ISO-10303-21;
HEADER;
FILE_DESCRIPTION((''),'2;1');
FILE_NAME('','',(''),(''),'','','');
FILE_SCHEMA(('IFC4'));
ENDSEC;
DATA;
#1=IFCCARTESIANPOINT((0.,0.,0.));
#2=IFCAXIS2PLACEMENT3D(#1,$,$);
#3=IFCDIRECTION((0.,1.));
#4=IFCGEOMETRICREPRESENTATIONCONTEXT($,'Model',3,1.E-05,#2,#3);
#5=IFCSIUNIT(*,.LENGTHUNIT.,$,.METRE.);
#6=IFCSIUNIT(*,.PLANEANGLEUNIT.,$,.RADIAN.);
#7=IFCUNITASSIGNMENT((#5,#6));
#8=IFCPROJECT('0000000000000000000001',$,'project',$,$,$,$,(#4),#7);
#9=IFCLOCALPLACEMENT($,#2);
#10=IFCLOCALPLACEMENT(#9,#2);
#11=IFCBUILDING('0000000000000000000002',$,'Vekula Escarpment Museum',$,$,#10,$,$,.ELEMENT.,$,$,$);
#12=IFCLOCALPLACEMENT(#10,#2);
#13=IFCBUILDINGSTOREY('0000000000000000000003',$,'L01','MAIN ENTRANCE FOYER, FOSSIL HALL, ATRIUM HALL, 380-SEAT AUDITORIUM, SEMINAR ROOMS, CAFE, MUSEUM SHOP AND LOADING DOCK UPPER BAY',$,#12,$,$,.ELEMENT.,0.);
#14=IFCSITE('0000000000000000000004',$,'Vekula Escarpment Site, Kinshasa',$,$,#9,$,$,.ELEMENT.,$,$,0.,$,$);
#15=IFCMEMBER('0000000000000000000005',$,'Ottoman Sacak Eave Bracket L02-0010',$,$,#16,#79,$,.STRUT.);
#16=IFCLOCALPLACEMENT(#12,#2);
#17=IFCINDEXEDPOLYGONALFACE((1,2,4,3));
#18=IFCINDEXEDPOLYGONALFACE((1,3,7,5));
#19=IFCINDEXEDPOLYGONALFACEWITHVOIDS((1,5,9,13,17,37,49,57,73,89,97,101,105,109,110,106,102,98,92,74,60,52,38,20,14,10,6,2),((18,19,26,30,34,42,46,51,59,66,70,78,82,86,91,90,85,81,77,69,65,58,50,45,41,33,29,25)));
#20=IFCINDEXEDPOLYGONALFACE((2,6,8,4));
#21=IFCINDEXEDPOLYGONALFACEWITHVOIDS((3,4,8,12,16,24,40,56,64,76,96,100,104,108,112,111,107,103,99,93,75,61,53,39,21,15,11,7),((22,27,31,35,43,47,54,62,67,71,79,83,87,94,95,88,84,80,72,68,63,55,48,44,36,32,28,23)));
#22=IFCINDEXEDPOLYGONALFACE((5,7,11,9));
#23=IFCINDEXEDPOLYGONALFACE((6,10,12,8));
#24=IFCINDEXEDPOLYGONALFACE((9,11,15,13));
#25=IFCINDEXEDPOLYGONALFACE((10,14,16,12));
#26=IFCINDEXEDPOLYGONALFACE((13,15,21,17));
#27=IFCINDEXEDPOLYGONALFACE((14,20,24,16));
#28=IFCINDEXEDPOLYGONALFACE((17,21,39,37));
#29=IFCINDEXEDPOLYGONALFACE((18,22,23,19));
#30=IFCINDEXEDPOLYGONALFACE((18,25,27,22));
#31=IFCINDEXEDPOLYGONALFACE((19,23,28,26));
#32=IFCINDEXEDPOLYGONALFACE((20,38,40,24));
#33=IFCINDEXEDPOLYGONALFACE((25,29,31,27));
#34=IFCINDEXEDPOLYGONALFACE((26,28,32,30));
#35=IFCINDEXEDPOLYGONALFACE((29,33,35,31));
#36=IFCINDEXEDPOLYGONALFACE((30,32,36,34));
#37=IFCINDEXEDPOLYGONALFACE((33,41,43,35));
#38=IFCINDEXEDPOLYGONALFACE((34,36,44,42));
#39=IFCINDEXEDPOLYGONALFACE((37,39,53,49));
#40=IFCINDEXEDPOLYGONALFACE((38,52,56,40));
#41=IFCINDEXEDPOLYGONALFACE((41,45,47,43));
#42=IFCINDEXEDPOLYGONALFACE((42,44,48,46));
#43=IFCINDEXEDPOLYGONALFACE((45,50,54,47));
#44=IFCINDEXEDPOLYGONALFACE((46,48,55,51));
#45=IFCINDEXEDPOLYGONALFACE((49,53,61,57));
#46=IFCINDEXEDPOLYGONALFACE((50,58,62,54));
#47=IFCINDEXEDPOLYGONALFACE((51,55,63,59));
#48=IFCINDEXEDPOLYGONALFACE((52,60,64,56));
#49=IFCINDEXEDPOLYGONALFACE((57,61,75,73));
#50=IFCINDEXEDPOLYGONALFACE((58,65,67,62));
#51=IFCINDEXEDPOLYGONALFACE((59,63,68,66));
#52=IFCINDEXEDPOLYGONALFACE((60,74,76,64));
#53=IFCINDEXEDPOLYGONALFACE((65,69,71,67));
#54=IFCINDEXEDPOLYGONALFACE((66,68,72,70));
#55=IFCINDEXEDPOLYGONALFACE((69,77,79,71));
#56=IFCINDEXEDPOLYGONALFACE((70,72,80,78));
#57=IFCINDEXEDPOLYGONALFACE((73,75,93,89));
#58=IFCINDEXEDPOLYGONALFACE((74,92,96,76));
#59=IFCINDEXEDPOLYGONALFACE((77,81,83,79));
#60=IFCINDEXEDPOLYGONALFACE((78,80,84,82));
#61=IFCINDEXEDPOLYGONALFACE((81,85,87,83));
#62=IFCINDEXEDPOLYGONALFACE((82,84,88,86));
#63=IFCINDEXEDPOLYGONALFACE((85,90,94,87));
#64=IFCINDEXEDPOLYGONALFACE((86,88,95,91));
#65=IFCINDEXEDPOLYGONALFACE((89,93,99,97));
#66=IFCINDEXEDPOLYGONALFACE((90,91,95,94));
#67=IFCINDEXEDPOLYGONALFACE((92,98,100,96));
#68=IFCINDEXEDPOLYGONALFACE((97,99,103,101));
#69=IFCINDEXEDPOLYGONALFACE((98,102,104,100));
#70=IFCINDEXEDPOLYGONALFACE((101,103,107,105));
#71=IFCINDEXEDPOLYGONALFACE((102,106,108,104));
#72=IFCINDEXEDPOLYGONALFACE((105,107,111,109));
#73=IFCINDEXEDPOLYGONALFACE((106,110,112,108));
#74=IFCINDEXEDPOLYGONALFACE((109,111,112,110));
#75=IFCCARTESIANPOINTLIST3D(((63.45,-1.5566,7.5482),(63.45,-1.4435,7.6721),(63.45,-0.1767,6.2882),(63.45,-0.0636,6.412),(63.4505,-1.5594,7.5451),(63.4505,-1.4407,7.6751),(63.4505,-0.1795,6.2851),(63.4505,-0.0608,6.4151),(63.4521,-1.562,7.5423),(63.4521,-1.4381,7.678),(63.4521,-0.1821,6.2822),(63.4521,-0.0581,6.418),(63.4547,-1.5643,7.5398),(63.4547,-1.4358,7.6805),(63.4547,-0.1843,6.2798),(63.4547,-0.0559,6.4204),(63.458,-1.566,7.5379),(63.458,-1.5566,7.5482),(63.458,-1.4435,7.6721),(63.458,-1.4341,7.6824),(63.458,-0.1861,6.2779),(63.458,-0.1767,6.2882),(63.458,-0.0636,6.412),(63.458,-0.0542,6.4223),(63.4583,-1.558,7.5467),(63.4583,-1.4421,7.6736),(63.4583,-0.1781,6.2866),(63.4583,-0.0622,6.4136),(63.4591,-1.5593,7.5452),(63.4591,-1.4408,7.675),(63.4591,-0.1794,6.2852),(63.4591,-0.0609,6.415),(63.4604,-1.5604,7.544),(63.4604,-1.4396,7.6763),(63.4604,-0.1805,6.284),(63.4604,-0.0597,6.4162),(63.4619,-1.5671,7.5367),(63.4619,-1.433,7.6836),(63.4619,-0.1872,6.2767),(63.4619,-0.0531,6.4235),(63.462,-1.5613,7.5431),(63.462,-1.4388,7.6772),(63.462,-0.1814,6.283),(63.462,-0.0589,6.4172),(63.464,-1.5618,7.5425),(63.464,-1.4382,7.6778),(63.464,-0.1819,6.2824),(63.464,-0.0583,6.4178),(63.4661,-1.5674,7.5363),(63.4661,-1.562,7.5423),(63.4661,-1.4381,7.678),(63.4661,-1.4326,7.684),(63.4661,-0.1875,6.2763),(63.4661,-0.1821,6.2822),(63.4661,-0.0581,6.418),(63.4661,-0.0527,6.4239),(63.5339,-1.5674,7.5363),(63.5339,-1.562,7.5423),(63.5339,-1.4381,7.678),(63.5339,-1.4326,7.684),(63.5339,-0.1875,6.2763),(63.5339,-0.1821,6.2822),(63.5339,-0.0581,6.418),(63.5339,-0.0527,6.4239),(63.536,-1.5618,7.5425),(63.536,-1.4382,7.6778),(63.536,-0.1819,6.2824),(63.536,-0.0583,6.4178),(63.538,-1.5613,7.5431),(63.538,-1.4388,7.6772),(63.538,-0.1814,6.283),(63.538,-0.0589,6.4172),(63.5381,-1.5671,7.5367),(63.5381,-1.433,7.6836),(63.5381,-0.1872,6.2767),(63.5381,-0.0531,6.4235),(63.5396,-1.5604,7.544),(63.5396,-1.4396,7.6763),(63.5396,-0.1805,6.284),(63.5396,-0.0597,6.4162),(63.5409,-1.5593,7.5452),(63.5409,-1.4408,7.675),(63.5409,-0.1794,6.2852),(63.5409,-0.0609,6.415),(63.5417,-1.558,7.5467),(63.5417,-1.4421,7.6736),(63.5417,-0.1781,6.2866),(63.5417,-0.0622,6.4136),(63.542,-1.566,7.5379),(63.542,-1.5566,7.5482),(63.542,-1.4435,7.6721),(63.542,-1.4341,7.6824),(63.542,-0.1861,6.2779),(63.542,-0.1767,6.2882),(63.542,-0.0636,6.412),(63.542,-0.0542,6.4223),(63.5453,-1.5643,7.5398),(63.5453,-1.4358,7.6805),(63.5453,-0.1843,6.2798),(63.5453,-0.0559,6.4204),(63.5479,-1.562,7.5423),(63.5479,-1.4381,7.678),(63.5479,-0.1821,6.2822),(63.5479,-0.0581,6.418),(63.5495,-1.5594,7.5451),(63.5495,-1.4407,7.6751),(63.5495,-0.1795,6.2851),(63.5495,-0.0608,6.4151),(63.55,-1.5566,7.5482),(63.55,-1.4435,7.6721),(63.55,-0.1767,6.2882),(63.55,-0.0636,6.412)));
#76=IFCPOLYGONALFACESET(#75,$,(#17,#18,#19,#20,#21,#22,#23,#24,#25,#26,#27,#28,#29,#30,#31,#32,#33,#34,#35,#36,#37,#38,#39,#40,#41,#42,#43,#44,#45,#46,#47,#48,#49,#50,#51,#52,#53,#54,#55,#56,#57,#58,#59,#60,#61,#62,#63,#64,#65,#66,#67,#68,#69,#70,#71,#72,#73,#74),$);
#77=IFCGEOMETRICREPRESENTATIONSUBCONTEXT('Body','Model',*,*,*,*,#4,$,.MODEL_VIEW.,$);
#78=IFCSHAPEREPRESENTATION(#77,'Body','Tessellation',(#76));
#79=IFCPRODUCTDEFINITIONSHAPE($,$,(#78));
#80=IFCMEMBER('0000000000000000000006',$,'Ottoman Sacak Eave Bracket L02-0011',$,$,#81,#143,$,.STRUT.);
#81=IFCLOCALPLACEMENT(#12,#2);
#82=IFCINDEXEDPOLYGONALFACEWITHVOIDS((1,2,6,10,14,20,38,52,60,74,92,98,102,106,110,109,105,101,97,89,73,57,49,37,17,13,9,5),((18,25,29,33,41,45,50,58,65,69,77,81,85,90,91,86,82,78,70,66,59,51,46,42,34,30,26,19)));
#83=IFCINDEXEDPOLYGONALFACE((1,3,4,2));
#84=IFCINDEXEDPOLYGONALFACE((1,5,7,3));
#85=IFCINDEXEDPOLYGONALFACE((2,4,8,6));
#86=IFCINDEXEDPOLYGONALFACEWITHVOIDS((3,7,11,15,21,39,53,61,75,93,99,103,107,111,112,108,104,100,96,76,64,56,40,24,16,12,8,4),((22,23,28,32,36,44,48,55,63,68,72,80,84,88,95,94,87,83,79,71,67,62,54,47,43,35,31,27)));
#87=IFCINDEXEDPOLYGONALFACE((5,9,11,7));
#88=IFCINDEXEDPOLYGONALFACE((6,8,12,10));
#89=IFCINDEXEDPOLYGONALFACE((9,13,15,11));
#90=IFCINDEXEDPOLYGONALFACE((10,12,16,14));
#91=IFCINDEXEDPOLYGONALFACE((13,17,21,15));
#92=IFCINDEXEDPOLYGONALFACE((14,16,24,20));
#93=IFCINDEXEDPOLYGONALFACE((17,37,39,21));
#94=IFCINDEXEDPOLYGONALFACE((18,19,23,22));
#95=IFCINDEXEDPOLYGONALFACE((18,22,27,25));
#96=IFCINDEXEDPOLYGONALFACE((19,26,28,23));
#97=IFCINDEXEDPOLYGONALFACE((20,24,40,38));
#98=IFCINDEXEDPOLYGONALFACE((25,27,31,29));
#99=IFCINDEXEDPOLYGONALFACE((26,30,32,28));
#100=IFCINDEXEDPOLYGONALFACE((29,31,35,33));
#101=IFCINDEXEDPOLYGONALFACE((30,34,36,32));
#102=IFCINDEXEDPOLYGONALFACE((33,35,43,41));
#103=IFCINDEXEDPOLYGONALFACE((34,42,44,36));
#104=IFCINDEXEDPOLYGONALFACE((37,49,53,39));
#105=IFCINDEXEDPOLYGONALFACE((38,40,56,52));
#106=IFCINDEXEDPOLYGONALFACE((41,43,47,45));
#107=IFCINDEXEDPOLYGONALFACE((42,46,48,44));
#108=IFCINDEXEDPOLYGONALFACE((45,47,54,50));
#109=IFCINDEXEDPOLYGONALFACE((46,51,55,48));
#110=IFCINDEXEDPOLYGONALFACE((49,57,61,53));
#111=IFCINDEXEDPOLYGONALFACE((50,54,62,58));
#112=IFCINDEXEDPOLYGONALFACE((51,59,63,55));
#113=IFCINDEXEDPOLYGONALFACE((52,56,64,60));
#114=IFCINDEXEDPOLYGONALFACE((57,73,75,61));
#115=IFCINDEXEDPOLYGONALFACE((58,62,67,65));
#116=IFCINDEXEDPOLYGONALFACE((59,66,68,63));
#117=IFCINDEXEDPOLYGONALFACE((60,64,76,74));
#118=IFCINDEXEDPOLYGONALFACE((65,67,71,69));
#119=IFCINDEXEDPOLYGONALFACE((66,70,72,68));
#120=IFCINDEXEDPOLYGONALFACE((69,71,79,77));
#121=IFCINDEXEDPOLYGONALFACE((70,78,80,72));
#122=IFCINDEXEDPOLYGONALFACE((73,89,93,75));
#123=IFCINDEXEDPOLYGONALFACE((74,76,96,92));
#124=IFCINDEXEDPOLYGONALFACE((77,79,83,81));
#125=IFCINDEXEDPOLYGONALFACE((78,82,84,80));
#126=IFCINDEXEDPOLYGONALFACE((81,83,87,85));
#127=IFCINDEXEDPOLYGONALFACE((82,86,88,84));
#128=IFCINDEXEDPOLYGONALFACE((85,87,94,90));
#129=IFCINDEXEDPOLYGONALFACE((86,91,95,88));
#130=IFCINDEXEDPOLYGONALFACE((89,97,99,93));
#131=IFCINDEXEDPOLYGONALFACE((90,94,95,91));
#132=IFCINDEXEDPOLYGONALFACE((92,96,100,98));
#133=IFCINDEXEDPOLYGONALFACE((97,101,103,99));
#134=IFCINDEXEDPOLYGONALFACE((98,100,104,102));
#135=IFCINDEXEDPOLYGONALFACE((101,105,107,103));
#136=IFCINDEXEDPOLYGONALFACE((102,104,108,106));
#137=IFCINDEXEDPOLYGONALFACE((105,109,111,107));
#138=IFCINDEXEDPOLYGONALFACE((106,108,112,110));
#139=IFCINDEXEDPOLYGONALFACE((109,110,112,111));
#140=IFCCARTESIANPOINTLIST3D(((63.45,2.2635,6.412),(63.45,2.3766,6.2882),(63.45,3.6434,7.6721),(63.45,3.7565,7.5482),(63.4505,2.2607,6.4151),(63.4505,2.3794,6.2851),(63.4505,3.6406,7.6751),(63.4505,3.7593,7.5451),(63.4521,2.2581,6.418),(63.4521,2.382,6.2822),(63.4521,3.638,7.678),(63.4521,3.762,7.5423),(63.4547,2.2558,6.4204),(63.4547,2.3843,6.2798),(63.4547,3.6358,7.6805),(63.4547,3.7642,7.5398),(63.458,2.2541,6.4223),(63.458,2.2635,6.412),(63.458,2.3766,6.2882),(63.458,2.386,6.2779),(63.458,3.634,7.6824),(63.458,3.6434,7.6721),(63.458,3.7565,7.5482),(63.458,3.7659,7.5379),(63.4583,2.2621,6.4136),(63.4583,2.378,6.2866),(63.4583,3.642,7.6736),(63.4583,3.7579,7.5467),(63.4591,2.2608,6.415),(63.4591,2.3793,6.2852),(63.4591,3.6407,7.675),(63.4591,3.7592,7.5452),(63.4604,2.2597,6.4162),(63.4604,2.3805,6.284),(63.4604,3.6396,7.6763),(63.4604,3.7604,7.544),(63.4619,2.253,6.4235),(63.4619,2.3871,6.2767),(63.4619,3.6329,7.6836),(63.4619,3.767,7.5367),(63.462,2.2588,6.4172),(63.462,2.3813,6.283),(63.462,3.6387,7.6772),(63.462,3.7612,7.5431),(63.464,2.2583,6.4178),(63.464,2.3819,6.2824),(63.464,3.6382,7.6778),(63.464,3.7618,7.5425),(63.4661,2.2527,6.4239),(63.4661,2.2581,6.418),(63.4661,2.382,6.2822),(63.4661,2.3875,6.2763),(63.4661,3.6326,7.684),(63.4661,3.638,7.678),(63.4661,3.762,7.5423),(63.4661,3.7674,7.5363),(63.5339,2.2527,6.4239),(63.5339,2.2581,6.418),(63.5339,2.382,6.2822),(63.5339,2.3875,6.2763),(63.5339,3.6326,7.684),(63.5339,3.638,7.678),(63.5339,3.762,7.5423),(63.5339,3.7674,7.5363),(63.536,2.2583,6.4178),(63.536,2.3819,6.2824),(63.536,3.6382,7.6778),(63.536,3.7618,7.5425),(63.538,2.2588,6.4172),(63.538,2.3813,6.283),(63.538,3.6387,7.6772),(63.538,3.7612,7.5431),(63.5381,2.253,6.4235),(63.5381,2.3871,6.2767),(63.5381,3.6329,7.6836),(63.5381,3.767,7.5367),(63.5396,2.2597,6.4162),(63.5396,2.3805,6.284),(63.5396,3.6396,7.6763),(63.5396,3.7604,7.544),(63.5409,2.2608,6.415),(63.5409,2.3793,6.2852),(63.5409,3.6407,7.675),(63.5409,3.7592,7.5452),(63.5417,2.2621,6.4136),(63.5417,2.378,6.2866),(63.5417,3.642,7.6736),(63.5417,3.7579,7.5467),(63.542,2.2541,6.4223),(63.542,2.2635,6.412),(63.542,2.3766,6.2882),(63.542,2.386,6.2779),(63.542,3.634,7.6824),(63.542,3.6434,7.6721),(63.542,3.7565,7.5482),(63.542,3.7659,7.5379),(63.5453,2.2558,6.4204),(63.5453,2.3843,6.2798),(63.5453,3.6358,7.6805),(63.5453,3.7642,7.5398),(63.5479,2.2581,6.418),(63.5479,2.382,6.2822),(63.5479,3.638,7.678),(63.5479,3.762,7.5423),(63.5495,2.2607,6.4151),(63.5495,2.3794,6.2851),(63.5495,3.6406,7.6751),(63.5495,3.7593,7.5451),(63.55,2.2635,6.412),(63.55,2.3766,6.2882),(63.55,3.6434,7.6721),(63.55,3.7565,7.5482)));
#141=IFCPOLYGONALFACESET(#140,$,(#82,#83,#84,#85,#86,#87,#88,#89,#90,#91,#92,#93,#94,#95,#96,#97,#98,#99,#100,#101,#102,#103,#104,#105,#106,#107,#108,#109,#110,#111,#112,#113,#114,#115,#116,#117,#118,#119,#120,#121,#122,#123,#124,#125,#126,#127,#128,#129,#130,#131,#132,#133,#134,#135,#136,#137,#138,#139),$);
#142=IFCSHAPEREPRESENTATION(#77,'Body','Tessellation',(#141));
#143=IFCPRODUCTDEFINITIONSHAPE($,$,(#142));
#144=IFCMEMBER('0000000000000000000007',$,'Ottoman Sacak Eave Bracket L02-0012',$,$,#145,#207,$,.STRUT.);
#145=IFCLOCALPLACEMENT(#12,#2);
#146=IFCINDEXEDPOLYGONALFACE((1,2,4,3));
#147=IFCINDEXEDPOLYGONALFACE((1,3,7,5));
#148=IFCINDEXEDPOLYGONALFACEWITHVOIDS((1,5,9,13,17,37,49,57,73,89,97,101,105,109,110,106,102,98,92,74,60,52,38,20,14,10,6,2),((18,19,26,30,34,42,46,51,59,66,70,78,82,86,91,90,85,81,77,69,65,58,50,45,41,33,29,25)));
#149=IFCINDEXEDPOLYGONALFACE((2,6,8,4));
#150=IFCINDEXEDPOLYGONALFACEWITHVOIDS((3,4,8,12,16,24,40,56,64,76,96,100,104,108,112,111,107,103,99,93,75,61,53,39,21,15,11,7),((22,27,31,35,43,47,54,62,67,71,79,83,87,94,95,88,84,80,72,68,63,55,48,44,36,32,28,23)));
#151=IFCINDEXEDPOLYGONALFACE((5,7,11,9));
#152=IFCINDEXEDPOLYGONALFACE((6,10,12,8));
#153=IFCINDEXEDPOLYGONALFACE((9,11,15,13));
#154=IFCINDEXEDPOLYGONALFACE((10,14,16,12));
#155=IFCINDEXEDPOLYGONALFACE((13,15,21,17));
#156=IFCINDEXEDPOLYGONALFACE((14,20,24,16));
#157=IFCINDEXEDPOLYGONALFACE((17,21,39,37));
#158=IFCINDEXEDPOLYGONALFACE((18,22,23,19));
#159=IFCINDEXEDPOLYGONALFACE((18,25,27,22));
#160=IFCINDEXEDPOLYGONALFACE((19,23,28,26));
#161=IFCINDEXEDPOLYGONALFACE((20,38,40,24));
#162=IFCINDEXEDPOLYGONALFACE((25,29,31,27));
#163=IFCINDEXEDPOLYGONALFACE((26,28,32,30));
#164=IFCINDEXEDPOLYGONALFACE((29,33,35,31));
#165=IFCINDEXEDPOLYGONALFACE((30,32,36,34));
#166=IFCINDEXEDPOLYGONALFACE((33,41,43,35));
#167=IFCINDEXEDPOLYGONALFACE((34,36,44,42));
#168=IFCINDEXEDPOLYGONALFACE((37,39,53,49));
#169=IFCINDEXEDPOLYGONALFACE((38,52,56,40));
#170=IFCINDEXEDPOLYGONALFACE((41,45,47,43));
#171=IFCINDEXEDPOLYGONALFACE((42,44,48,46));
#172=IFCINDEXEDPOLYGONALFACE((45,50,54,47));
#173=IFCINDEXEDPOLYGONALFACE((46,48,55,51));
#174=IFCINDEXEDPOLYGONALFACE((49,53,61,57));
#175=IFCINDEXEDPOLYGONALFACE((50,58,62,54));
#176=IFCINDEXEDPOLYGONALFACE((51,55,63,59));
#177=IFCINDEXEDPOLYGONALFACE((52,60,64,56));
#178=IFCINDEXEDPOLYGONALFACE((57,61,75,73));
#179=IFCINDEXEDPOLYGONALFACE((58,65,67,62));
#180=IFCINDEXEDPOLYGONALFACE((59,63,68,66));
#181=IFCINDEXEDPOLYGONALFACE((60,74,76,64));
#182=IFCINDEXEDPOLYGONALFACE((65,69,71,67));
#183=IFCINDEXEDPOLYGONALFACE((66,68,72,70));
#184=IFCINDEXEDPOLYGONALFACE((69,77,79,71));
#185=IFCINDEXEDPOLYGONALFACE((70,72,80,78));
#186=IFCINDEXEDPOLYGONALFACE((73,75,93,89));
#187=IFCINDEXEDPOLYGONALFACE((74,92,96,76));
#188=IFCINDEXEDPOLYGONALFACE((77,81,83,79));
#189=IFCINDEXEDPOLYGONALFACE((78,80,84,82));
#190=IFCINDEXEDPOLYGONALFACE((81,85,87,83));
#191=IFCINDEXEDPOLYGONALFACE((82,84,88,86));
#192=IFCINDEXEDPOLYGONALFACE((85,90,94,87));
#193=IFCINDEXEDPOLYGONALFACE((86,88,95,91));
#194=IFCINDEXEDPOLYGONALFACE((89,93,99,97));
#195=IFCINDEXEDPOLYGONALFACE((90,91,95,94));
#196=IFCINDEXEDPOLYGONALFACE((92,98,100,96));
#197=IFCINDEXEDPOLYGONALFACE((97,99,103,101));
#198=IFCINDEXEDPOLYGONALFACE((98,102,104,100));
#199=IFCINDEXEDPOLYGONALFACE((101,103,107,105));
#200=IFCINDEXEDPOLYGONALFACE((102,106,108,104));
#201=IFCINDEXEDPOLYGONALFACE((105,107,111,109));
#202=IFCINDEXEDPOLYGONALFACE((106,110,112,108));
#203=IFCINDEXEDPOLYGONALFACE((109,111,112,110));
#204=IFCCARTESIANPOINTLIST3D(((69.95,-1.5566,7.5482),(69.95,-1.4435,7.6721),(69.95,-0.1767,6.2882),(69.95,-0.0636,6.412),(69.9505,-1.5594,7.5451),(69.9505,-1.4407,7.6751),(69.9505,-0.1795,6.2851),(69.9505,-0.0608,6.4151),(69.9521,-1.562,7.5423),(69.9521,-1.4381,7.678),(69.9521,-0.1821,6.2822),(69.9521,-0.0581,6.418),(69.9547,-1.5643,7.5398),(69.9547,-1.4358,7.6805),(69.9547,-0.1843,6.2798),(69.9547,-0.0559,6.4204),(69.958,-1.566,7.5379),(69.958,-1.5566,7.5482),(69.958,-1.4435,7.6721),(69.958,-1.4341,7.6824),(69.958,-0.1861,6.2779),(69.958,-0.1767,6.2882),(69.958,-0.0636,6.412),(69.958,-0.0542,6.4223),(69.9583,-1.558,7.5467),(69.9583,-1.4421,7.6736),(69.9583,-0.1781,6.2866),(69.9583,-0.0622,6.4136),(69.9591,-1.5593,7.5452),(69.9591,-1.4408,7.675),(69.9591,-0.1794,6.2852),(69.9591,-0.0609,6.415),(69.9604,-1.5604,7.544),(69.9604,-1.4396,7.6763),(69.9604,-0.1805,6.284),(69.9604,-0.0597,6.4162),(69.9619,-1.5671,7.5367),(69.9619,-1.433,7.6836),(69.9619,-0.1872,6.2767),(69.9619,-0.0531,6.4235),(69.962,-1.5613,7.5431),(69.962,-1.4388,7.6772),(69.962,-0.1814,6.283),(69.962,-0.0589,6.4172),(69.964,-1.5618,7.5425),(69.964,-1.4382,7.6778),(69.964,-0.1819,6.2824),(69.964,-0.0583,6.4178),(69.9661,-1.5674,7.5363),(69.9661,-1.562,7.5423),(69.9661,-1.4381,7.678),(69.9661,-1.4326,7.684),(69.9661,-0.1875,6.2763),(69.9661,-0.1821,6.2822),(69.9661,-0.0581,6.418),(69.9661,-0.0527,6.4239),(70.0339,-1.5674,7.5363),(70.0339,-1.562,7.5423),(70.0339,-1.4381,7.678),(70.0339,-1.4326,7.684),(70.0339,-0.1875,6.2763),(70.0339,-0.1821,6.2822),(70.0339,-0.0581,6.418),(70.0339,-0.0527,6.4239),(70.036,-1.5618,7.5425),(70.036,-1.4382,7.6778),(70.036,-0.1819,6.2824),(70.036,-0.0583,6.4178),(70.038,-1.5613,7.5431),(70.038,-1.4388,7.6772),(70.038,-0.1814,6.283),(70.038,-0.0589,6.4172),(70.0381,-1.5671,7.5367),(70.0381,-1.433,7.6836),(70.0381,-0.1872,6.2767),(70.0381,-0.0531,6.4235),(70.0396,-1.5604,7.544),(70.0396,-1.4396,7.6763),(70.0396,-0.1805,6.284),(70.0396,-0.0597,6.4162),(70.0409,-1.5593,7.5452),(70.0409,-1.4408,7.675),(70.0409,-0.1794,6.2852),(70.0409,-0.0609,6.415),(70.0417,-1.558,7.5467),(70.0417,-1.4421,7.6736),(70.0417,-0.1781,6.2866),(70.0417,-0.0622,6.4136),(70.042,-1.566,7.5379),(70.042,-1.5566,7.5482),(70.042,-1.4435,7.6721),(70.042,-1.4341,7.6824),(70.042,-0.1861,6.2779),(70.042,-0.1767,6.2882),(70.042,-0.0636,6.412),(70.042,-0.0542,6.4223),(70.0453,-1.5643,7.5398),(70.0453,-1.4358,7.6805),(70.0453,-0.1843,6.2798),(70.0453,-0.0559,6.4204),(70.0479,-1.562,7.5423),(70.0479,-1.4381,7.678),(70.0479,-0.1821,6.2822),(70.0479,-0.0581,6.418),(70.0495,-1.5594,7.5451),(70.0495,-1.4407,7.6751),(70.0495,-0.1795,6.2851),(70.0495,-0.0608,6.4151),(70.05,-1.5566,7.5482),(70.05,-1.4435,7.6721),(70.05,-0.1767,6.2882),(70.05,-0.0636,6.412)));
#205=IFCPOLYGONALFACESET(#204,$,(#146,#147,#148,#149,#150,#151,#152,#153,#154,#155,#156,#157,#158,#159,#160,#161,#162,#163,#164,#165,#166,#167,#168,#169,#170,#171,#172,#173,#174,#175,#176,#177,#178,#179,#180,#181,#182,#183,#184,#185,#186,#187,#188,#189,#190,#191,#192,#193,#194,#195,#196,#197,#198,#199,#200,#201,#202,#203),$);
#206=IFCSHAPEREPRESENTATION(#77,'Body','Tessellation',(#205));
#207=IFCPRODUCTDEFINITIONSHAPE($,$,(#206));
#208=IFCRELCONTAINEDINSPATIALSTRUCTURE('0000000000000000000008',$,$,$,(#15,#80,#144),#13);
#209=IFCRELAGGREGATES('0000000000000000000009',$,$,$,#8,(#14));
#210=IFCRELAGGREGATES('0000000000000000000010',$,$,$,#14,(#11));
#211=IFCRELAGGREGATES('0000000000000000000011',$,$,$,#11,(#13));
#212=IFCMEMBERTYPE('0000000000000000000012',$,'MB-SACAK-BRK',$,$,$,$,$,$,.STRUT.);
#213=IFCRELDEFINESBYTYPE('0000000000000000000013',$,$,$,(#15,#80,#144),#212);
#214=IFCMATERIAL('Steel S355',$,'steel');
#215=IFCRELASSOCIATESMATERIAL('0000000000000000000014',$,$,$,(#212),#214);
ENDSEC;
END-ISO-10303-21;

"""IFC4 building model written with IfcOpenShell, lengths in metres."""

from ifc_helpers import new_model, si_unit, direction, frame, origin, origin_2d, place, context, subcontext, project, spatial, hollow_rectangle, extrude, material, material_profile, profile_set, type_object, element, save


model = new_model("IFC4")

# Units and contexts
model_context = context("Model", 3, precision=1e-05, world=origin(), true_north=direction((0.0, 1.0)))
body_context = subcontext(model_context, "Body", "Model", "MODEL_VIEW")
ifc_project = project(units=[si_unit("LENGTHUNIT", "METRE"), si_unit("PLANEANGLEUNIT", "RADIAN")], contexts=[model_context])

# Site, building, storey
site_placement = place(None, origin())
site = spatial("IfcSite", under=ifc_project, at=site_placement, Name="Vekula Escarpment Site, Kinshasa", CompositionType="ELEMENT", RefElevation=0.0)
building_placement = place(site_placement, origin())
building = spatial("IfcBuilding", under=site, at=building_placement, Name="Vekula Escarpment Museum", CompositionType="ELEMENT")
storey_placement = place(building_placement, origin())
storey = spatial("IfcBuildingStorey", under=building, at=storey_placement, Name="L01", Description="MAIN ENTRANCE FOYER, FOSSIL HALL, ATRIUM HALL, 380-SEAT AUDITORIUM, SEMINAR ROOMS, CAFE, MUSEUM SHOP AND LOADING DOCK UPPER BAY", CompositionType="ELEMENT", Elevation=0.0)

# Members
ifc_material_1 = material(Name="Steel S355", Category="steel")
ifc_material_profile_1 = material_profile(ifc_material_1, hollow_rectangle(XDim=0.1001, YDim=0.2, WallThickness=0.0081, InnerFilletRadius=0.0081, OuterFilletRadius=0.0161, at=origin_2d()), Name="RHS 200x100x8")
ifc_profile_set_1 = profile_set([ifc_material_profile_1], Name="Steel S355")
member_type = type_object("IfcMemberType", Name="MB-SACAK-BRK", PredefinedType="STRUT", material=ifc_profile_set_1)
for number, where, z_axis, x_axis, name in (
    (1, (63.5, -0.1201, 6.3501), (0.0, -0.738454, 0.674303), (1.0, 0.0, 0.0), "Ottoman Sacak Eave Bracket L02-0010"),
    (2, (63.5, 2.3201, 6.3501), (0.0, 0.738454, 0.674303), (-1.0, 0.0, 0.0), "Ottoman Sacak Eave Bracket L02-0011"),
    (3, (70.0, -0.1201, 6.3501), (0.0, -0.738454, 0.674303), (1.0, 0.0, 0.0), "Ottoman Sacak Eave Bracket L02-0012"),
):
    element("IfcMember", number, at=place(storey_placement, frame(where, z_axis=z_axis, x_axis=x_axis)), inside=storey, type_object=member_type, Name=name, PredefinedType="STRUT", context=body_context, shape_type="SweptSolid", body=[
        extrude(hollow_rectangle(XDim=0.1001, YDim=0.2, WallThickness=0.0081, InnerFilletRadius=0.0081, OuterFilletRadius=0.0161, at=origin_2d()), origin(), (0.0, 0.0, 1.0), 1.8687),
    ])

save(model, "model.ifc")
